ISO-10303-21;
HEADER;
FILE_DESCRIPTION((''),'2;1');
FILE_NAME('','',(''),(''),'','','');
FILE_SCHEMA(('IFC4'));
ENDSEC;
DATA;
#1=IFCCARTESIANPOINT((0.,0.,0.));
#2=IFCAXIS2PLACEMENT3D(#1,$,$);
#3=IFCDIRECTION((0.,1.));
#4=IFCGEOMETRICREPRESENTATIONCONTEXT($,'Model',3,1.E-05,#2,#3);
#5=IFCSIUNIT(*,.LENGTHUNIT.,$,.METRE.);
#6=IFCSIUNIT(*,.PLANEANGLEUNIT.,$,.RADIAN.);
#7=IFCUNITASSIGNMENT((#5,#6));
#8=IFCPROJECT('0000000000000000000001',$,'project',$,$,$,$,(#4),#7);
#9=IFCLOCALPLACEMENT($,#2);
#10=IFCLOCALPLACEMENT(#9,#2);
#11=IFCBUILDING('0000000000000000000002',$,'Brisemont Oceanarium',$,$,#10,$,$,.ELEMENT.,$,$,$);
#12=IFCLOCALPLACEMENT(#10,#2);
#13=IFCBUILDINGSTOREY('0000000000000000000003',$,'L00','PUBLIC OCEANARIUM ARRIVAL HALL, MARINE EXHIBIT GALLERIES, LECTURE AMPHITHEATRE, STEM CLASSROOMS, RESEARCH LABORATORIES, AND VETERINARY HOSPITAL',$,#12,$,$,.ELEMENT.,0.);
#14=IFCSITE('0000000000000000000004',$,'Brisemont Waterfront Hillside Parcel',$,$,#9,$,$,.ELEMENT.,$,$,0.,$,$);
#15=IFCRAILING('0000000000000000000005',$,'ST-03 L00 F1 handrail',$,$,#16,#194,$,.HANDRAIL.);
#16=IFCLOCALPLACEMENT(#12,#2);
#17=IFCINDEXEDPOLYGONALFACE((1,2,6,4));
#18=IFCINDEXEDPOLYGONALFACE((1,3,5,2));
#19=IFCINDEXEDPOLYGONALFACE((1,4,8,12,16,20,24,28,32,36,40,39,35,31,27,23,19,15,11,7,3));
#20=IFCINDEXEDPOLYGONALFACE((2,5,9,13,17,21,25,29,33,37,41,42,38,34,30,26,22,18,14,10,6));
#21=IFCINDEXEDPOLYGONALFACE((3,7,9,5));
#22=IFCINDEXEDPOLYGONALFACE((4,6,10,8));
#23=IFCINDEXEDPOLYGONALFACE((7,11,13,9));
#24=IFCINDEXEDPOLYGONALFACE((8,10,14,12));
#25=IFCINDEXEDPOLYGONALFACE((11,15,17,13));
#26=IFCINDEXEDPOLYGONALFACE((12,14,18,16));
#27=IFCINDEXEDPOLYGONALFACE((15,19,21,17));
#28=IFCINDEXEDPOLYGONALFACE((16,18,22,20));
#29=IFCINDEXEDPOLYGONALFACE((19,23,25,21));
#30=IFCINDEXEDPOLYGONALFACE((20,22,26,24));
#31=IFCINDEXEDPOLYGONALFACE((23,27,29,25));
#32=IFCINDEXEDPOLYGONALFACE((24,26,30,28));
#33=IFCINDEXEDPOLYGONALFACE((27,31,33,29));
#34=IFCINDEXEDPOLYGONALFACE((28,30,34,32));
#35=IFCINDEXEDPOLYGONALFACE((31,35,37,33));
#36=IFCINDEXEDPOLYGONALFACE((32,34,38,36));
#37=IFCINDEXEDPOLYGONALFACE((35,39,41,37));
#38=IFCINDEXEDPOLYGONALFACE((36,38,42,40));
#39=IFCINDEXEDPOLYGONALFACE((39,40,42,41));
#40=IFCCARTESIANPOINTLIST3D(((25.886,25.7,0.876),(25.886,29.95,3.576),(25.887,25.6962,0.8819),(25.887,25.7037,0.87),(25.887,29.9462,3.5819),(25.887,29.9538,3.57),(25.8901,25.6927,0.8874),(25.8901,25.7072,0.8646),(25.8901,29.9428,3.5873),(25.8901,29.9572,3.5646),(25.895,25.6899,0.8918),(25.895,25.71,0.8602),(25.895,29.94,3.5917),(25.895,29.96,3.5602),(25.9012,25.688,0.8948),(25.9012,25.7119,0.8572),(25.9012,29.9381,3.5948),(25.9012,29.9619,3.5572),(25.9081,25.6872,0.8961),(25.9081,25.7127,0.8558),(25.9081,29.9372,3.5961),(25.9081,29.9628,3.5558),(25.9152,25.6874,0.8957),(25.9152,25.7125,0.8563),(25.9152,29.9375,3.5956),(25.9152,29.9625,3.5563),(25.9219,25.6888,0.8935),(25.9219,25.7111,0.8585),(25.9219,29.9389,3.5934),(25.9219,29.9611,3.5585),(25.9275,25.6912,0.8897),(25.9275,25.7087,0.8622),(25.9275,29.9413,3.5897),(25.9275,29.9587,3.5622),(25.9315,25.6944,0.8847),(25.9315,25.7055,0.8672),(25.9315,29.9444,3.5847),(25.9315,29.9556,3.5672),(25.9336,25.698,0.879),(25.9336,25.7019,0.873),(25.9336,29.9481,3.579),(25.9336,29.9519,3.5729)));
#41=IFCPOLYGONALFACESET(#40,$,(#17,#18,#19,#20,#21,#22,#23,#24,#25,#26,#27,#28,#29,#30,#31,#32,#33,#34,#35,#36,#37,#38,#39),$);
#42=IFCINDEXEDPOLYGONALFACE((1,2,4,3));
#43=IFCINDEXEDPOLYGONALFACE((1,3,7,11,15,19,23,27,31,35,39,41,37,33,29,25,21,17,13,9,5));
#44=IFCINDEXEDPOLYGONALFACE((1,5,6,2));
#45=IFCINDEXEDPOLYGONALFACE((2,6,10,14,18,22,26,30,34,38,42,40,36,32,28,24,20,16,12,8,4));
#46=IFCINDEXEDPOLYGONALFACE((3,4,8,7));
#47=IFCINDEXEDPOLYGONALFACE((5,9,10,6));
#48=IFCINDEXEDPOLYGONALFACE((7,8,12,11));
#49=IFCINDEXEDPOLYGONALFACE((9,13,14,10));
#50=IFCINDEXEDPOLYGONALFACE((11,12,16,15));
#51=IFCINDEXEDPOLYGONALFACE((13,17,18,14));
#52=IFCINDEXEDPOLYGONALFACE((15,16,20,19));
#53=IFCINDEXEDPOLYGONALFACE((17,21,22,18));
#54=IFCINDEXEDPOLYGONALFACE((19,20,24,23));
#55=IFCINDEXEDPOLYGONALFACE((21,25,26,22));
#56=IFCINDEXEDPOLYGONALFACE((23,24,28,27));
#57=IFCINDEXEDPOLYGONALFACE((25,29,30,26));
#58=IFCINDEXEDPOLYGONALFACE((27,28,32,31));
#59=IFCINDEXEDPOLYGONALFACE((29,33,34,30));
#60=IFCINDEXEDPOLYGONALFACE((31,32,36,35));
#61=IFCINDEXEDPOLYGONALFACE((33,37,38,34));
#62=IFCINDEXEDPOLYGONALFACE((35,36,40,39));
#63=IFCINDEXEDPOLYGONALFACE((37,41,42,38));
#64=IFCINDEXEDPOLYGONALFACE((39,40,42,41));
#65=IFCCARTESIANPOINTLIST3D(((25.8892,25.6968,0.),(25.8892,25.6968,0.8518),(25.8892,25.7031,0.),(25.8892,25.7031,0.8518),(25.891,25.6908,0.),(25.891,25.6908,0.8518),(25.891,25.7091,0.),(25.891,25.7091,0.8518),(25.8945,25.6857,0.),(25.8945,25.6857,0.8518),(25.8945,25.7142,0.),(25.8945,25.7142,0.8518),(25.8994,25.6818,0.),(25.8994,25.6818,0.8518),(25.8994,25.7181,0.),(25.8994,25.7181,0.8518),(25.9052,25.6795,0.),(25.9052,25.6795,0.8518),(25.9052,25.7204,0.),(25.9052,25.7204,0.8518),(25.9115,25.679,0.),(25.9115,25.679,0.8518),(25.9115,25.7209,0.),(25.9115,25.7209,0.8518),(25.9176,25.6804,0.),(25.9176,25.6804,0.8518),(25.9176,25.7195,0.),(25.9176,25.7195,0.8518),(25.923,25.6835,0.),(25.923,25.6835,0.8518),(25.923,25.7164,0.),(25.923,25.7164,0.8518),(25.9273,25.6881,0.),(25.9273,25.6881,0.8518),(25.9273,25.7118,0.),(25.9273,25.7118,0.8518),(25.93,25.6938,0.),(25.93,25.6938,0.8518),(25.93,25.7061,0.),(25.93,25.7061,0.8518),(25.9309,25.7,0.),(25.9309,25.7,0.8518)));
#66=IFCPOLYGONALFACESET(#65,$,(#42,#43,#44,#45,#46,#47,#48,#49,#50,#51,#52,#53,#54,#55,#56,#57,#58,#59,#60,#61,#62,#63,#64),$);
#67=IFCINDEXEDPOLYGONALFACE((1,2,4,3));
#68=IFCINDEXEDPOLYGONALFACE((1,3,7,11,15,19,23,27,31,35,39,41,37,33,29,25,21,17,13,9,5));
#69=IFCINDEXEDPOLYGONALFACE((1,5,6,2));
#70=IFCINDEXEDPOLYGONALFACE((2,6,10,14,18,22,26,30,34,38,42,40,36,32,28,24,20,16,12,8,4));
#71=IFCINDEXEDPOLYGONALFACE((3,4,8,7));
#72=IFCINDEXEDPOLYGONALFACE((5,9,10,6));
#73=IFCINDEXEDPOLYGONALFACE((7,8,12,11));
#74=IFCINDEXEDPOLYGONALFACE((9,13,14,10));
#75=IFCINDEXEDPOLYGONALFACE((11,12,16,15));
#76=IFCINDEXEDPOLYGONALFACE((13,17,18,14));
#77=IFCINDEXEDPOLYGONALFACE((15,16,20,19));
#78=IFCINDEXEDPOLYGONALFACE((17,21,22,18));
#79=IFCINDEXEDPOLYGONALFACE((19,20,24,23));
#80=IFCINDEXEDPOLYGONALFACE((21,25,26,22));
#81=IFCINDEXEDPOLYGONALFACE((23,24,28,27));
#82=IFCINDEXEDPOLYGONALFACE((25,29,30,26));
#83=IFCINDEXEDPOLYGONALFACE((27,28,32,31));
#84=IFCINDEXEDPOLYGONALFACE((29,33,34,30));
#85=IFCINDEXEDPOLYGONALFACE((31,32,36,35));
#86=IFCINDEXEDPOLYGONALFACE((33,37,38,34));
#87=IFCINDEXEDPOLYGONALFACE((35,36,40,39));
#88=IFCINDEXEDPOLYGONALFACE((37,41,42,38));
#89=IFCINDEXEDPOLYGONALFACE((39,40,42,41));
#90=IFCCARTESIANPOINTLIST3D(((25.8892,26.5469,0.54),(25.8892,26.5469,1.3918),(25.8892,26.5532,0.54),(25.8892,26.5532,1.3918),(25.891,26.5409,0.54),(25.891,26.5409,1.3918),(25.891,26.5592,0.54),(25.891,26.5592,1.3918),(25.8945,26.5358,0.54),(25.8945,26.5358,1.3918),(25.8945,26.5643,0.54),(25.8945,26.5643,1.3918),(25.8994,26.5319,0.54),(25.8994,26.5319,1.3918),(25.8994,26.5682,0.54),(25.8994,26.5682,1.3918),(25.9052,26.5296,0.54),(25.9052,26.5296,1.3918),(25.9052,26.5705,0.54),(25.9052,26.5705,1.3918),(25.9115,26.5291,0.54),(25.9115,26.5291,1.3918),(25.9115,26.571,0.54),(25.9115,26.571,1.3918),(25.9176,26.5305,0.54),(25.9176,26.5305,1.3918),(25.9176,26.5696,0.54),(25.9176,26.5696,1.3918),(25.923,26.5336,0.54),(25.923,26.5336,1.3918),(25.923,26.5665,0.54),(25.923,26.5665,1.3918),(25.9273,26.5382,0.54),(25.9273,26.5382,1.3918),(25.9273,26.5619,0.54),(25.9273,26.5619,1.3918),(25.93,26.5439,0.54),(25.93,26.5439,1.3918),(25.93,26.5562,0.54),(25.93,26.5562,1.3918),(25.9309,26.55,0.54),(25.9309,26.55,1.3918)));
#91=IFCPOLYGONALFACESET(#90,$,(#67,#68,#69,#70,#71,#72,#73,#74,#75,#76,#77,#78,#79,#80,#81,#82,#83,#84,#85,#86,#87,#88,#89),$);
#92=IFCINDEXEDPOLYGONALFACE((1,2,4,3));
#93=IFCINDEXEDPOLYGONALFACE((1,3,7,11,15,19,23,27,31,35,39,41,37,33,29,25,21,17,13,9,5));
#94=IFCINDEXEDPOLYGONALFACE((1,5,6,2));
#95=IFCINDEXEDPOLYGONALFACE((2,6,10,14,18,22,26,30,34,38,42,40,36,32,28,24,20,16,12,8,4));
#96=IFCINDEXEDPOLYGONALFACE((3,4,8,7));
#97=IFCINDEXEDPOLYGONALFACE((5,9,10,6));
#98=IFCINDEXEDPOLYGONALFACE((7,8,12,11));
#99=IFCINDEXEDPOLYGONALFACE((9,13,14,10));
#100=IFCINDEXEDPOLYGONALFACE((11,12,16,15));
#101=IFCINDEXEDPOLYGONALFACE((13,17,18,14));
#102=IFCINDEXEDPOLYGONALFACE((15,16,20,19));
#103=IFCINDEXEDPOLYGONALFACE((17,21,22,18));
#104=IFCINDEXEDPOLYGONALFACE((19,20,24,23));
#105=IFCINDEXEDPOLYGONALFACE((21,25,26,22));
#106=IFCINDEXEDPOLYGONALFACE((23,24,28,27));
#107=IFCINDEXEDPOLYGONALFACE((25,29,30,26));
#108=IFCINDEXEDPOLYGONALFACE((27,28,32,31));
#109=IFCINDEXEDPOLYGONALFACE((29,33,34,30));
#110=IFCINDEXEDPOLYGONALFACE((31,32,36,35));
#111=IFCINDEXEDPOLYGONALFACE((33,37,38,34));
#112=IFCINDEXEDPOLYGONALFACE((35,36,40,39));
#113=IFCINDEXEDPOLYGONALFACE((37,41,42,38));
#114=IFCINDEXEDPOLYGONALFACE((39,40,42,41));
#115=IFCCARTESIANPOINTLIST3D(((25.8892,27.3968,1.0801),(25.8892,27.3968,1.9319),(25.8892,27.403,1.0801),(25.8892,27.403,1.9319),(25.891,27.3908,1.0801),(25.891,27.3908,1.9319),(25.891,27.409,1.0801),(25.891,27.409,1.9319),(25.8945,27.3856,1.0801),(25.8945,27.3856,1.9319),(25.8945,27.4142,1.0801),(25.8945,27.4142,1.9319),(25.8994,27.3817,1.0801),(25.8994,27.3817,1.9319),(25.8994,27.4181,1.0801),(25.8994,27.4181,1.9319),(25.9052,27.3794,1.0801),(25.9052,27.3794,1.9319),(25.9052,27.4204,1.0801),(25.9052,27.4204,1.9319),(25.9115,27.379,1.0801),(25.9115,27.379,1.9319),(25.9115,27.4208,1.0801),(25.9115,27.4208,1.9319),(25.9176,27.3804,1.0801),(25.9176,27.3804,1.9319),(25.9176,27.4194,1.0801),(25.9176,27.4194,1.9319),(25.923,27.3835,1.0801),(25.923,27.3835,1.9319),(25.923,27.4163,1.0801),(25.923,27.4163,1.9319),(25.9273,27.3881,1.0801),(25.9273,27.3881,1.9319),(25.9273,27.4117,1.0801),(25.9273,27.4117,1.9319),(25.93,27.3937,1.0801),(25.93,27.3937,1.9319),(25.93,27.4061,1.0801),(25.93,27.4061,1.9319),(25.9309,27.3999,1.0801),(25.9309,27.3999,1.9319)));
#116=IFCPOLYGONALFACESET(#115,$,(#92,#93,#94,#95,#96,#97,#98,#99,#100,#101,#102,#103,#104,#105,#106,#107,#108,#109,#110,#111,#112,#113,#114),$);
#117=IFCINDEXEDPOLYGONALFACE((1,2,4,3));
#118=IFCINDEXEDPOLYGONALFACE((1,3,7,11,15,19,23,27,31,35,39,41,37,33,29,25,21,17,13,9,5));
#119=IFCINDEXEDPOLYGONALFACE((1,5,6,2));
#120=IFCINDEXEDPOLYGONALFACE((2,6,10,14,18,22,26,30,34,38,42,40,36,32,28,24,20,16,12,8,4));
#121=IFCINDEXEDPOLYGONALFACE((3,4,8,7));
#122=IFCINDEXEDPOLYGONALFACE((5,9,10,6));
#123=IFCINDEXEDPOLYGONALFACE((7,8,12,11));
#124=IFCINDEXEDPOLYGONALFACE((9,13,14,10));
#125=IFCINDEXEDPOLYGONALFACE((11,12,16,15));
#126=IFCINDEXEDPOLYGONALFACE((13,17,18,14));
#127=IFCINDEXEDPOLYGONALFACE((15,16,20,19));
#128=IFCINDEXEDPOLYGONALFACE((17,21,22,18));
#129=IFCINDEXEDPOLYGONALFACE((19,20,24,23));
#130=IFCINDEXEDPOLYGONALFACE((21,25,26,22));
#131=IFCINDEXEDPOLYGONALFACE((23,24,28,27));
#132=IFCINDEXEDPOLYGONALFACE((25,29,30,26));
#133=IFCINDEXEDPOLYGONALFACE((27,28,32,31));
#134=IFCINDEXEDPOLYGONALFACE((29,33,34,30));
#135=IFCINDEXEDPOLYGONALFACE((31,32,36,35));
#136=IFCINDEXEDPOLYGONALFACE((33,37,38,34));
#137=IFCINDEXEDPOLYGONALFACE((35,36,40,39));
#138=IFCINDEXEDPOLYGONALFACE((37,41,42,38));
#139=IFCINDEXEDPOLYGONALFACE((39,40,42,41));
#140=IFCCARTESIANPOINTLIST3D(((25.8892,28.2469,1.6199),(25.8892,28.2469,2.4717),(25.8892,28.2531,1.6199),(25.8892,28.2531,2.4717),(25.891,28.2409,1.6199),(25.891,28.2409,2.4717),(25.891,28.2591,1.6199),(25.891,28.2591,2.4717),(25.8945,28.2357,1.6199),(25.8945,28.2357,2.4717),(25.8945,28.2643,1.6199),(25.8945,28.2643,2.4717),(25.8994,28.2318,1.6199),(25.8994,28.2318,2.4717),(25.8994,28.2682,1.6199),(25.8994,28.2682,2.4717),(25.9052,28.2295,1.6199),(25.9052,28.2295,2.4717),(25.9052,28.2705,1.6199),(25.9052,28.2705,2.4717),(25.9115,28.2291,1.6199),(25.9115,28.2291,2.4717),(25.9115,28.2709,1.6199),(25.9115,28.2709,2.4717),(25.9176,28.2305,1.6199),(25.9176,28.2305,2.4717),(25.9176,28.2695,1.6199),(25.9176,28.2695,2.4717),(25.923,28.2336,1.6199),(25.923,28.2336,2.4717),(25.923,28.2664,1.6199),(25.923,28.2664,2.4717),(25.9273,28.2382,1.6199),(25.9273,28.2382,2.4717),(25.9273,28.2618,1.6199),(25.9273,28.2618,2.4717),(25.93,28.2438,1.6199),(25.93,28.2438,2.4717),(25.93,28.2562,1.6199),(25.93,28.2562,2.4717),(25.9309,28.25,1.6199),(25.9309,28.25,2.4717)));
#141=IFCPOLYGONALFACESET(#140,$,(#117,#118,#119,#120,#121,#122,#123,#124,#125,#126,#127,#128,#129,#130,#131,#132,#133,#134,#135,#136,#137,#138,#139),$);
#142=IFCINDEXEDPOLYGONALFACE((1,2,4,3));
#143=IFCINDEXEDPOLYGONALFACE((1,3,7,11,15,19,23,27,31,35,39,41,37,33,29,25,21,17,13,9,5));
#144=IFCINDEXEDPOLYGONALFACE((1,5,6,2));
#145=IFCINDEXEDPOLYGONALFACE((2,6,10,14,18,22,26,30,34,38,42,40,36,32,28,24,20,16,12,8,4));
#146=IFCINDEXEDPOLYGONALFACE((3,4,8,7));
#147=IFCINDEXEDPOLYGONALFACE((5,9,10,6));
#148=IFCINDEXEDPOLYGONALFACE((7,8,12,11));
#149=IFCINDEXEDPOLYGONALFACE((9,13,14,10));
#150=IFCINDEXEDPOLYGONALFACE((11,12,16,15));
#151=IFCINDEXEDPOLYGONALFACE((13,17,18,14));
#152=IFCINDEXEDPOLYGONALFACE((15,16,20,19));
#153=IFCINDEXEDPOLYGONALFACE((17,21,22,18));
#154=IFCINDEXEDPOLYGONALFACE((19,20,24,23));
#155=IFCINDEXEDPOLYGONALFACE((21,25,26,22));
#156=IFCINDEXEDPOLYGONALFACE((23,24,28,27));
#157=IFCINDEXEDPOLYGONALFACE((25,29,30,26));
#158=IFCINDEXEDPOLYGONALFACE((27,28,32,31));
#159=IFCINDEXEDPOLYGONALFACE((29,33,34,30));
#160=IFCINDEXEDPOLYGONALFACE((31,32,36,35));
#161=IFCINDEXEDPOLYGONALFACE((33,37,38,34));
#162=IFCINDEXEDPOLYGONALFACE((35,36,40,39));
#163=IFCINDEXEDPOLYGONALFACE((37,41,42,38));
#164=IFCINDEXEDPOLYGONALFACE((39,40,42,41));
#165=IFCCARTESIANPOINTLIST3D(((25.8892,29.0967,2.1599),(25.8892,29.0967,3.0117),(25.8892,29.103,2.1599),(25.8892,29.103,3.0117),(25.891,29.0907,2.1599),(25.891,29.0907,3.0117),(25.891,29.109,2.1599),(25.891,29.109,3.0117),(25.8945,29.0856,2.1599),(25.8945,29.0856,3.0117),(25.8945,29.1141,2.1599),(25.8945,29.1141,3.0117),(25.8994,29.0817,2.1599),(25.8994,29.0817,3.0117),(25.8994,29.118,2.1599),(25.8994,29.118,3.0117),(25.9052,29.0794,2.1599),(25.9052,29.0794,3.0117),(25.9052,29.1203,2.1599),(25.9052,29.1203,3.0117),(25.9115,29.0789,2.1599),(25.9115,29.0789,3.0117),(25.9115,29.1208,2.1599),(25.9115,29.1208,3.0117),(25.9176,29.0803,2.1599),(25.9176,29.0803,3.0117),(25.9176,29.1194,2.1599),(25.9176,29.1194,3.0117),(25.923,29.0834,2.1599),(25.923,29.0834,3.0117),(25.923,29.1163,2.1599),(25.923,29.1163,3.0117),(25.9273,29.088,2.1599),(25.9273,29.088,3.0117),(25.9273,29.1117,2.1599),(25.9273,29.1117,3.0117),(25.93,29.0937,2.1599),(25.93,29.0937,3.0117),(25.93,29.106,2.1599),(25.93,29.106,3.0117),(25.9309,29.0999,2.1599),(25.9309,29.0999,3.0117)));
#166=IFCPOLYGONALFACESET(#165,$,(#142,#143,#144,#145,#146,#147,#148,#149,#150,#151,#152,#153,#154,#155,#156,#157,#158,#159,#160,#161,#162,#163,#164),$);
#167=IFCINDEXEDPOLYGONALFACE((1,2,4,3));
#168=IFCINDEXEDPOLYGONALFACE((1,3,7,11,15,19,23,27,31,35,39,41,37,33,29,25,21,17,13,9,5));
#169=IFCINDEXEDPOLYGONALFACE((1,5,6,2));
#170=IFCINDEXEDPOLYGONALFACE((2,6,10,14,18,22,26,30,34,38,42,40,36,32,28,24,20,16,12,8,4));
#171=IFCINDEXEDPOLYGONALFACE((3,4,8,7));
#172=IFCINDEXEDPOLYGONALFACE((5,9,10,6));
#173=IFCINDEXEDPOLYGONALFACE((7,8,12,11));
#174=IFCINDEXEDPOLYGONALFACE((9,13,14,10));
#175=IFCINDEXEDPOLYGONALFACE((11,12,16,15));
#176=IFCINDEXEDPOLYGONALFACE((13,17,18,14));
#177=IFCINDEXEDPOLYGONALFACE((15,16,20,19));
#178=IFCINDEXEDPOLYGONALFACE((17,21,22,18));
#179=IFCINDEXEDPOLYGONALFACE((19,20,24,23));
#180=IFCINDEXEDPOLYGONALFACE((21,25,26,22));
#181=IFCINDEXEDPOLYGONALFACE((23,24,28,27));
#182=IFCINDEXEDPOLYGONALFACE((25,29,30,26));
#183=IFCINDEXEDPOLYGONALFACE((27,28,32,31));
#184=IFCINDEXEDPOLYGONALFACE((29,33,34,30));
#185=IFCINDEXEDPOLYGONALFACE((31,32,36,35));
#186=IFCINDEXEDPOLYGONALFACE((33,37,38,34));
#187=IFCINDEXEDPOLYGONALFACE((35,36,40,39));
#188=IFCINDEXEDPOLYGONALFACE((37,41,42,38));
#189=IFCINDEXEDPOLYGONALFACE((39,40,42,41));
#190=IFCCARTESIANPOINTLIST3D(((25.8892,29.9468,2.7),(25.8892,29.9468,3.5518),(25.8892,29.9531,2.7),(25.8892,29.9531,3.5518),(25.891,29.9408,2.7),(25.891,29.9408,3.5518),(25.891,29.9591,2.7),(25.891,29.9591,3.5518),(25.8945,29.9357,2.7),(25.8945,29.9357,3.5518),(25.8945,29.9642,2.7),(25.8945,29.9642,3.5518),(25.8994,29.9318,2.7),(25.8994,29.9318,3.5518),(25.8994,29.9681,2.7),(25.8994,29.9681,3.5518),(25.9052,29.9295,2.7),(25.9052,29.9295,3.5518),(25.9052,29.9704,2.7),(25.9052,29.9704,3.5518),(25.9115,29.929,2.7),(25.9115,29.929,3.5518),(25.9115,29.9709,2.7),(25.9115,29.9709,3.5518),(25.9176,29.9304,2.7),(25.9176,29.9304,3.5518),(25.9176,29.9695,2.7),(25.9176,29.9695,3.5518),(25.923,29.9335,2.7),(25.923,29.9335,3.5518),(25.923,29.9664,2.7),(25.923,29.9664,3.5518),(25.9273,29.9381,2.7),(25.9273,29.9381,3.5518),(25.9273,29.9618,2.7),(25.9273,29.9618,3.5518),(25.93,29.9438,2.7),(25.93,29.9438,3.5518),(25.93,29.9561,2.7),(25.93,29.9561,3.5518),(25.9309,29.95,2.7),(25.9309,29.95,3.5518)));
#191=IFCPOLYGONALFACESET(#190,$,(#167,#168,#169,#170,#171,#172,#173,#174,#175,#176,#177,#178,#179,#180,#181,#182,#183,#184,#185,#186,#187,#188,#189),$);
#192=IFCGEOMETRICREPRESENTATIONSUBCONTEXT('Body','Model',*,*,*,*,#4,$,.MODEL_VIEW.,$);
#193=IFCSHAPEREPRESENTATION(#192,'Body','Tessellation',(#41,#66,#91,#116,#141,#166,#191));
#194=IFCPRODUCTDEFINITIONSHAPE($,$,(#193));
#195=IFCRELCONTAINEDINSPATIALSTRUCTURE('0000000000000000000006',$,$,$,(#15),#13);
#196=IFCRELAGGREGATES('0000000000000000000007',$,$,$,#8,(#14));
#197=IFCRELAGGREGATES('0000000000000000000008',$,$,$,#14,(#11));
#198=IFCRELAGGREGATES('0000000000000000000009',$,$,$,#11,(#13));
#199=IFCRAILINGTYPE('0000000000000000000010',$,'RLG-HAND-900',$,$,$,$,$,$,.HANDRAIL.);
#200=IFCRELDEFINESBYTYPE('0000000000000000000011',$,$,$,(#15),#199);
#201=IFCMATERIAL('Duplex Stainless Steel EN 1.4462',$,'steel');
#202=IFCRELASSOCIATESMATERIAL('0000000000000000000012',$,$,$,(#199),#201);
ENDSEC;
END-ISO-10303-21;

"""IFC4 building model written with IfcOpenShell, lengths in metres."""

from ifc_helpers import new_model, si_unit, direction, frame, origin, origin_2d, place, context, subcontext, project, spatial, circle, extrude, material, type_object, element, save


model = new_model("IFC4")

# Units and contexts
model_context = context("Model", 3, precision=1e-05, world=origin(), true_north=direction((0.0, 1.0)))
body_context = subcontext(model_context, "Body", "Model", "MODEL_VIEW")
ifc_project = project(units=[si_unit("LENGTHUNIT", "METRE"), si_unit("PLANEANGLEUNIT", "RADIAN")], contexts=[model_context])

# Site, building, storey
site_placement = place(None, origin())
site = spatial("IfcSite", under=ifc_project, at=site_placement, Name="Brisemont Waterfront Hillside Parcel", CompositionType="ELEMENT", RefElevation=0.0)
building_placement = place(site_placement, origin())
building = spatial("IfcBuilding", under=site, at=building_placement, Name="Brisemont Oceanarium", CompositionType="ELEMENT")
storey_placement = place(building_placement, origin())
storey = spatial("IfcBuildingStorey", under=building, at=storey_placement, Name="L00", Description="PUBLIC OCEANARIUM ARRIVAL HALL, MARINE EXHIBIT GALLERIES, LECTURE AMPHITHEATRE, STEM CLASSROOMS, RESEARCH LABORATORIES, AND VETERINARY HOSPITAL", CompositionType="ELEMENT", Elevation=0.0)

# Railing
ifc_material_1 = material(Name="Duplex Stainless Steel EN 1.4462", Category="steel")
railing_type_1 = type_object("IfcRailingType", Name="RLG-HAND-900", PredefinedType="HANDRAIL", material=ifc_material_1)
railing_1_placement = place(storey_placement, frame((25.9099, 25.7, 0.0)))
element("IfcRailing", 1, at=railing_1_placement, inside=storey, type_object=railing_type_1, Name="ST-03 L00 F1 handrail", PredefinedType="HANDRAIL", context=body_context, shape_type="SweptSolid", body=[
    extrude(circle(Radius=0.0239, at=origin_2d()), frame((0.0, 0.0, 0.876), z_axis=(0.0, 0.844075, 0.536226), x_axis=(-1.0, 0.0, 0.0)), (0.0, 0.0, 1.0), 5.0352),
    extrude(circle(Radius=0.021, at=origin_2d()), origin(), (0.0, 0.0, 1.0), 0.8518),
    extrude(circle(Radius=0.021, at=origin_2d()), frame((0.0, 0.8501, 0.54)), (0.0, 0.0, 1.0), 0.8518),
    extrude(circle(Radius=0.021, at=origin_2d()), frame((0.0, 1.7, 1.0801)), (0.0, 0.0, 1.0), 0.8518),
    extrude(circle(Radius=0.021, at=origin_2d()), frame((0.0, 2.55, 1.6199)), (0.0, 0.0, 1.0), 0.8518),
    extrude(circle(Radius=0.021, at=origin_2d()), frame((0.0, 3.3999, 2.1599)), (0.0, 0.0, 1.0), 0.8518),
    extrude(circle(Radius=0.021, at=origin_2d()), frame((0.0, 4.25, 2.7)), (0.0, 0.0, 1.0), 0.8518),
])

save(model, "model.ifc")
